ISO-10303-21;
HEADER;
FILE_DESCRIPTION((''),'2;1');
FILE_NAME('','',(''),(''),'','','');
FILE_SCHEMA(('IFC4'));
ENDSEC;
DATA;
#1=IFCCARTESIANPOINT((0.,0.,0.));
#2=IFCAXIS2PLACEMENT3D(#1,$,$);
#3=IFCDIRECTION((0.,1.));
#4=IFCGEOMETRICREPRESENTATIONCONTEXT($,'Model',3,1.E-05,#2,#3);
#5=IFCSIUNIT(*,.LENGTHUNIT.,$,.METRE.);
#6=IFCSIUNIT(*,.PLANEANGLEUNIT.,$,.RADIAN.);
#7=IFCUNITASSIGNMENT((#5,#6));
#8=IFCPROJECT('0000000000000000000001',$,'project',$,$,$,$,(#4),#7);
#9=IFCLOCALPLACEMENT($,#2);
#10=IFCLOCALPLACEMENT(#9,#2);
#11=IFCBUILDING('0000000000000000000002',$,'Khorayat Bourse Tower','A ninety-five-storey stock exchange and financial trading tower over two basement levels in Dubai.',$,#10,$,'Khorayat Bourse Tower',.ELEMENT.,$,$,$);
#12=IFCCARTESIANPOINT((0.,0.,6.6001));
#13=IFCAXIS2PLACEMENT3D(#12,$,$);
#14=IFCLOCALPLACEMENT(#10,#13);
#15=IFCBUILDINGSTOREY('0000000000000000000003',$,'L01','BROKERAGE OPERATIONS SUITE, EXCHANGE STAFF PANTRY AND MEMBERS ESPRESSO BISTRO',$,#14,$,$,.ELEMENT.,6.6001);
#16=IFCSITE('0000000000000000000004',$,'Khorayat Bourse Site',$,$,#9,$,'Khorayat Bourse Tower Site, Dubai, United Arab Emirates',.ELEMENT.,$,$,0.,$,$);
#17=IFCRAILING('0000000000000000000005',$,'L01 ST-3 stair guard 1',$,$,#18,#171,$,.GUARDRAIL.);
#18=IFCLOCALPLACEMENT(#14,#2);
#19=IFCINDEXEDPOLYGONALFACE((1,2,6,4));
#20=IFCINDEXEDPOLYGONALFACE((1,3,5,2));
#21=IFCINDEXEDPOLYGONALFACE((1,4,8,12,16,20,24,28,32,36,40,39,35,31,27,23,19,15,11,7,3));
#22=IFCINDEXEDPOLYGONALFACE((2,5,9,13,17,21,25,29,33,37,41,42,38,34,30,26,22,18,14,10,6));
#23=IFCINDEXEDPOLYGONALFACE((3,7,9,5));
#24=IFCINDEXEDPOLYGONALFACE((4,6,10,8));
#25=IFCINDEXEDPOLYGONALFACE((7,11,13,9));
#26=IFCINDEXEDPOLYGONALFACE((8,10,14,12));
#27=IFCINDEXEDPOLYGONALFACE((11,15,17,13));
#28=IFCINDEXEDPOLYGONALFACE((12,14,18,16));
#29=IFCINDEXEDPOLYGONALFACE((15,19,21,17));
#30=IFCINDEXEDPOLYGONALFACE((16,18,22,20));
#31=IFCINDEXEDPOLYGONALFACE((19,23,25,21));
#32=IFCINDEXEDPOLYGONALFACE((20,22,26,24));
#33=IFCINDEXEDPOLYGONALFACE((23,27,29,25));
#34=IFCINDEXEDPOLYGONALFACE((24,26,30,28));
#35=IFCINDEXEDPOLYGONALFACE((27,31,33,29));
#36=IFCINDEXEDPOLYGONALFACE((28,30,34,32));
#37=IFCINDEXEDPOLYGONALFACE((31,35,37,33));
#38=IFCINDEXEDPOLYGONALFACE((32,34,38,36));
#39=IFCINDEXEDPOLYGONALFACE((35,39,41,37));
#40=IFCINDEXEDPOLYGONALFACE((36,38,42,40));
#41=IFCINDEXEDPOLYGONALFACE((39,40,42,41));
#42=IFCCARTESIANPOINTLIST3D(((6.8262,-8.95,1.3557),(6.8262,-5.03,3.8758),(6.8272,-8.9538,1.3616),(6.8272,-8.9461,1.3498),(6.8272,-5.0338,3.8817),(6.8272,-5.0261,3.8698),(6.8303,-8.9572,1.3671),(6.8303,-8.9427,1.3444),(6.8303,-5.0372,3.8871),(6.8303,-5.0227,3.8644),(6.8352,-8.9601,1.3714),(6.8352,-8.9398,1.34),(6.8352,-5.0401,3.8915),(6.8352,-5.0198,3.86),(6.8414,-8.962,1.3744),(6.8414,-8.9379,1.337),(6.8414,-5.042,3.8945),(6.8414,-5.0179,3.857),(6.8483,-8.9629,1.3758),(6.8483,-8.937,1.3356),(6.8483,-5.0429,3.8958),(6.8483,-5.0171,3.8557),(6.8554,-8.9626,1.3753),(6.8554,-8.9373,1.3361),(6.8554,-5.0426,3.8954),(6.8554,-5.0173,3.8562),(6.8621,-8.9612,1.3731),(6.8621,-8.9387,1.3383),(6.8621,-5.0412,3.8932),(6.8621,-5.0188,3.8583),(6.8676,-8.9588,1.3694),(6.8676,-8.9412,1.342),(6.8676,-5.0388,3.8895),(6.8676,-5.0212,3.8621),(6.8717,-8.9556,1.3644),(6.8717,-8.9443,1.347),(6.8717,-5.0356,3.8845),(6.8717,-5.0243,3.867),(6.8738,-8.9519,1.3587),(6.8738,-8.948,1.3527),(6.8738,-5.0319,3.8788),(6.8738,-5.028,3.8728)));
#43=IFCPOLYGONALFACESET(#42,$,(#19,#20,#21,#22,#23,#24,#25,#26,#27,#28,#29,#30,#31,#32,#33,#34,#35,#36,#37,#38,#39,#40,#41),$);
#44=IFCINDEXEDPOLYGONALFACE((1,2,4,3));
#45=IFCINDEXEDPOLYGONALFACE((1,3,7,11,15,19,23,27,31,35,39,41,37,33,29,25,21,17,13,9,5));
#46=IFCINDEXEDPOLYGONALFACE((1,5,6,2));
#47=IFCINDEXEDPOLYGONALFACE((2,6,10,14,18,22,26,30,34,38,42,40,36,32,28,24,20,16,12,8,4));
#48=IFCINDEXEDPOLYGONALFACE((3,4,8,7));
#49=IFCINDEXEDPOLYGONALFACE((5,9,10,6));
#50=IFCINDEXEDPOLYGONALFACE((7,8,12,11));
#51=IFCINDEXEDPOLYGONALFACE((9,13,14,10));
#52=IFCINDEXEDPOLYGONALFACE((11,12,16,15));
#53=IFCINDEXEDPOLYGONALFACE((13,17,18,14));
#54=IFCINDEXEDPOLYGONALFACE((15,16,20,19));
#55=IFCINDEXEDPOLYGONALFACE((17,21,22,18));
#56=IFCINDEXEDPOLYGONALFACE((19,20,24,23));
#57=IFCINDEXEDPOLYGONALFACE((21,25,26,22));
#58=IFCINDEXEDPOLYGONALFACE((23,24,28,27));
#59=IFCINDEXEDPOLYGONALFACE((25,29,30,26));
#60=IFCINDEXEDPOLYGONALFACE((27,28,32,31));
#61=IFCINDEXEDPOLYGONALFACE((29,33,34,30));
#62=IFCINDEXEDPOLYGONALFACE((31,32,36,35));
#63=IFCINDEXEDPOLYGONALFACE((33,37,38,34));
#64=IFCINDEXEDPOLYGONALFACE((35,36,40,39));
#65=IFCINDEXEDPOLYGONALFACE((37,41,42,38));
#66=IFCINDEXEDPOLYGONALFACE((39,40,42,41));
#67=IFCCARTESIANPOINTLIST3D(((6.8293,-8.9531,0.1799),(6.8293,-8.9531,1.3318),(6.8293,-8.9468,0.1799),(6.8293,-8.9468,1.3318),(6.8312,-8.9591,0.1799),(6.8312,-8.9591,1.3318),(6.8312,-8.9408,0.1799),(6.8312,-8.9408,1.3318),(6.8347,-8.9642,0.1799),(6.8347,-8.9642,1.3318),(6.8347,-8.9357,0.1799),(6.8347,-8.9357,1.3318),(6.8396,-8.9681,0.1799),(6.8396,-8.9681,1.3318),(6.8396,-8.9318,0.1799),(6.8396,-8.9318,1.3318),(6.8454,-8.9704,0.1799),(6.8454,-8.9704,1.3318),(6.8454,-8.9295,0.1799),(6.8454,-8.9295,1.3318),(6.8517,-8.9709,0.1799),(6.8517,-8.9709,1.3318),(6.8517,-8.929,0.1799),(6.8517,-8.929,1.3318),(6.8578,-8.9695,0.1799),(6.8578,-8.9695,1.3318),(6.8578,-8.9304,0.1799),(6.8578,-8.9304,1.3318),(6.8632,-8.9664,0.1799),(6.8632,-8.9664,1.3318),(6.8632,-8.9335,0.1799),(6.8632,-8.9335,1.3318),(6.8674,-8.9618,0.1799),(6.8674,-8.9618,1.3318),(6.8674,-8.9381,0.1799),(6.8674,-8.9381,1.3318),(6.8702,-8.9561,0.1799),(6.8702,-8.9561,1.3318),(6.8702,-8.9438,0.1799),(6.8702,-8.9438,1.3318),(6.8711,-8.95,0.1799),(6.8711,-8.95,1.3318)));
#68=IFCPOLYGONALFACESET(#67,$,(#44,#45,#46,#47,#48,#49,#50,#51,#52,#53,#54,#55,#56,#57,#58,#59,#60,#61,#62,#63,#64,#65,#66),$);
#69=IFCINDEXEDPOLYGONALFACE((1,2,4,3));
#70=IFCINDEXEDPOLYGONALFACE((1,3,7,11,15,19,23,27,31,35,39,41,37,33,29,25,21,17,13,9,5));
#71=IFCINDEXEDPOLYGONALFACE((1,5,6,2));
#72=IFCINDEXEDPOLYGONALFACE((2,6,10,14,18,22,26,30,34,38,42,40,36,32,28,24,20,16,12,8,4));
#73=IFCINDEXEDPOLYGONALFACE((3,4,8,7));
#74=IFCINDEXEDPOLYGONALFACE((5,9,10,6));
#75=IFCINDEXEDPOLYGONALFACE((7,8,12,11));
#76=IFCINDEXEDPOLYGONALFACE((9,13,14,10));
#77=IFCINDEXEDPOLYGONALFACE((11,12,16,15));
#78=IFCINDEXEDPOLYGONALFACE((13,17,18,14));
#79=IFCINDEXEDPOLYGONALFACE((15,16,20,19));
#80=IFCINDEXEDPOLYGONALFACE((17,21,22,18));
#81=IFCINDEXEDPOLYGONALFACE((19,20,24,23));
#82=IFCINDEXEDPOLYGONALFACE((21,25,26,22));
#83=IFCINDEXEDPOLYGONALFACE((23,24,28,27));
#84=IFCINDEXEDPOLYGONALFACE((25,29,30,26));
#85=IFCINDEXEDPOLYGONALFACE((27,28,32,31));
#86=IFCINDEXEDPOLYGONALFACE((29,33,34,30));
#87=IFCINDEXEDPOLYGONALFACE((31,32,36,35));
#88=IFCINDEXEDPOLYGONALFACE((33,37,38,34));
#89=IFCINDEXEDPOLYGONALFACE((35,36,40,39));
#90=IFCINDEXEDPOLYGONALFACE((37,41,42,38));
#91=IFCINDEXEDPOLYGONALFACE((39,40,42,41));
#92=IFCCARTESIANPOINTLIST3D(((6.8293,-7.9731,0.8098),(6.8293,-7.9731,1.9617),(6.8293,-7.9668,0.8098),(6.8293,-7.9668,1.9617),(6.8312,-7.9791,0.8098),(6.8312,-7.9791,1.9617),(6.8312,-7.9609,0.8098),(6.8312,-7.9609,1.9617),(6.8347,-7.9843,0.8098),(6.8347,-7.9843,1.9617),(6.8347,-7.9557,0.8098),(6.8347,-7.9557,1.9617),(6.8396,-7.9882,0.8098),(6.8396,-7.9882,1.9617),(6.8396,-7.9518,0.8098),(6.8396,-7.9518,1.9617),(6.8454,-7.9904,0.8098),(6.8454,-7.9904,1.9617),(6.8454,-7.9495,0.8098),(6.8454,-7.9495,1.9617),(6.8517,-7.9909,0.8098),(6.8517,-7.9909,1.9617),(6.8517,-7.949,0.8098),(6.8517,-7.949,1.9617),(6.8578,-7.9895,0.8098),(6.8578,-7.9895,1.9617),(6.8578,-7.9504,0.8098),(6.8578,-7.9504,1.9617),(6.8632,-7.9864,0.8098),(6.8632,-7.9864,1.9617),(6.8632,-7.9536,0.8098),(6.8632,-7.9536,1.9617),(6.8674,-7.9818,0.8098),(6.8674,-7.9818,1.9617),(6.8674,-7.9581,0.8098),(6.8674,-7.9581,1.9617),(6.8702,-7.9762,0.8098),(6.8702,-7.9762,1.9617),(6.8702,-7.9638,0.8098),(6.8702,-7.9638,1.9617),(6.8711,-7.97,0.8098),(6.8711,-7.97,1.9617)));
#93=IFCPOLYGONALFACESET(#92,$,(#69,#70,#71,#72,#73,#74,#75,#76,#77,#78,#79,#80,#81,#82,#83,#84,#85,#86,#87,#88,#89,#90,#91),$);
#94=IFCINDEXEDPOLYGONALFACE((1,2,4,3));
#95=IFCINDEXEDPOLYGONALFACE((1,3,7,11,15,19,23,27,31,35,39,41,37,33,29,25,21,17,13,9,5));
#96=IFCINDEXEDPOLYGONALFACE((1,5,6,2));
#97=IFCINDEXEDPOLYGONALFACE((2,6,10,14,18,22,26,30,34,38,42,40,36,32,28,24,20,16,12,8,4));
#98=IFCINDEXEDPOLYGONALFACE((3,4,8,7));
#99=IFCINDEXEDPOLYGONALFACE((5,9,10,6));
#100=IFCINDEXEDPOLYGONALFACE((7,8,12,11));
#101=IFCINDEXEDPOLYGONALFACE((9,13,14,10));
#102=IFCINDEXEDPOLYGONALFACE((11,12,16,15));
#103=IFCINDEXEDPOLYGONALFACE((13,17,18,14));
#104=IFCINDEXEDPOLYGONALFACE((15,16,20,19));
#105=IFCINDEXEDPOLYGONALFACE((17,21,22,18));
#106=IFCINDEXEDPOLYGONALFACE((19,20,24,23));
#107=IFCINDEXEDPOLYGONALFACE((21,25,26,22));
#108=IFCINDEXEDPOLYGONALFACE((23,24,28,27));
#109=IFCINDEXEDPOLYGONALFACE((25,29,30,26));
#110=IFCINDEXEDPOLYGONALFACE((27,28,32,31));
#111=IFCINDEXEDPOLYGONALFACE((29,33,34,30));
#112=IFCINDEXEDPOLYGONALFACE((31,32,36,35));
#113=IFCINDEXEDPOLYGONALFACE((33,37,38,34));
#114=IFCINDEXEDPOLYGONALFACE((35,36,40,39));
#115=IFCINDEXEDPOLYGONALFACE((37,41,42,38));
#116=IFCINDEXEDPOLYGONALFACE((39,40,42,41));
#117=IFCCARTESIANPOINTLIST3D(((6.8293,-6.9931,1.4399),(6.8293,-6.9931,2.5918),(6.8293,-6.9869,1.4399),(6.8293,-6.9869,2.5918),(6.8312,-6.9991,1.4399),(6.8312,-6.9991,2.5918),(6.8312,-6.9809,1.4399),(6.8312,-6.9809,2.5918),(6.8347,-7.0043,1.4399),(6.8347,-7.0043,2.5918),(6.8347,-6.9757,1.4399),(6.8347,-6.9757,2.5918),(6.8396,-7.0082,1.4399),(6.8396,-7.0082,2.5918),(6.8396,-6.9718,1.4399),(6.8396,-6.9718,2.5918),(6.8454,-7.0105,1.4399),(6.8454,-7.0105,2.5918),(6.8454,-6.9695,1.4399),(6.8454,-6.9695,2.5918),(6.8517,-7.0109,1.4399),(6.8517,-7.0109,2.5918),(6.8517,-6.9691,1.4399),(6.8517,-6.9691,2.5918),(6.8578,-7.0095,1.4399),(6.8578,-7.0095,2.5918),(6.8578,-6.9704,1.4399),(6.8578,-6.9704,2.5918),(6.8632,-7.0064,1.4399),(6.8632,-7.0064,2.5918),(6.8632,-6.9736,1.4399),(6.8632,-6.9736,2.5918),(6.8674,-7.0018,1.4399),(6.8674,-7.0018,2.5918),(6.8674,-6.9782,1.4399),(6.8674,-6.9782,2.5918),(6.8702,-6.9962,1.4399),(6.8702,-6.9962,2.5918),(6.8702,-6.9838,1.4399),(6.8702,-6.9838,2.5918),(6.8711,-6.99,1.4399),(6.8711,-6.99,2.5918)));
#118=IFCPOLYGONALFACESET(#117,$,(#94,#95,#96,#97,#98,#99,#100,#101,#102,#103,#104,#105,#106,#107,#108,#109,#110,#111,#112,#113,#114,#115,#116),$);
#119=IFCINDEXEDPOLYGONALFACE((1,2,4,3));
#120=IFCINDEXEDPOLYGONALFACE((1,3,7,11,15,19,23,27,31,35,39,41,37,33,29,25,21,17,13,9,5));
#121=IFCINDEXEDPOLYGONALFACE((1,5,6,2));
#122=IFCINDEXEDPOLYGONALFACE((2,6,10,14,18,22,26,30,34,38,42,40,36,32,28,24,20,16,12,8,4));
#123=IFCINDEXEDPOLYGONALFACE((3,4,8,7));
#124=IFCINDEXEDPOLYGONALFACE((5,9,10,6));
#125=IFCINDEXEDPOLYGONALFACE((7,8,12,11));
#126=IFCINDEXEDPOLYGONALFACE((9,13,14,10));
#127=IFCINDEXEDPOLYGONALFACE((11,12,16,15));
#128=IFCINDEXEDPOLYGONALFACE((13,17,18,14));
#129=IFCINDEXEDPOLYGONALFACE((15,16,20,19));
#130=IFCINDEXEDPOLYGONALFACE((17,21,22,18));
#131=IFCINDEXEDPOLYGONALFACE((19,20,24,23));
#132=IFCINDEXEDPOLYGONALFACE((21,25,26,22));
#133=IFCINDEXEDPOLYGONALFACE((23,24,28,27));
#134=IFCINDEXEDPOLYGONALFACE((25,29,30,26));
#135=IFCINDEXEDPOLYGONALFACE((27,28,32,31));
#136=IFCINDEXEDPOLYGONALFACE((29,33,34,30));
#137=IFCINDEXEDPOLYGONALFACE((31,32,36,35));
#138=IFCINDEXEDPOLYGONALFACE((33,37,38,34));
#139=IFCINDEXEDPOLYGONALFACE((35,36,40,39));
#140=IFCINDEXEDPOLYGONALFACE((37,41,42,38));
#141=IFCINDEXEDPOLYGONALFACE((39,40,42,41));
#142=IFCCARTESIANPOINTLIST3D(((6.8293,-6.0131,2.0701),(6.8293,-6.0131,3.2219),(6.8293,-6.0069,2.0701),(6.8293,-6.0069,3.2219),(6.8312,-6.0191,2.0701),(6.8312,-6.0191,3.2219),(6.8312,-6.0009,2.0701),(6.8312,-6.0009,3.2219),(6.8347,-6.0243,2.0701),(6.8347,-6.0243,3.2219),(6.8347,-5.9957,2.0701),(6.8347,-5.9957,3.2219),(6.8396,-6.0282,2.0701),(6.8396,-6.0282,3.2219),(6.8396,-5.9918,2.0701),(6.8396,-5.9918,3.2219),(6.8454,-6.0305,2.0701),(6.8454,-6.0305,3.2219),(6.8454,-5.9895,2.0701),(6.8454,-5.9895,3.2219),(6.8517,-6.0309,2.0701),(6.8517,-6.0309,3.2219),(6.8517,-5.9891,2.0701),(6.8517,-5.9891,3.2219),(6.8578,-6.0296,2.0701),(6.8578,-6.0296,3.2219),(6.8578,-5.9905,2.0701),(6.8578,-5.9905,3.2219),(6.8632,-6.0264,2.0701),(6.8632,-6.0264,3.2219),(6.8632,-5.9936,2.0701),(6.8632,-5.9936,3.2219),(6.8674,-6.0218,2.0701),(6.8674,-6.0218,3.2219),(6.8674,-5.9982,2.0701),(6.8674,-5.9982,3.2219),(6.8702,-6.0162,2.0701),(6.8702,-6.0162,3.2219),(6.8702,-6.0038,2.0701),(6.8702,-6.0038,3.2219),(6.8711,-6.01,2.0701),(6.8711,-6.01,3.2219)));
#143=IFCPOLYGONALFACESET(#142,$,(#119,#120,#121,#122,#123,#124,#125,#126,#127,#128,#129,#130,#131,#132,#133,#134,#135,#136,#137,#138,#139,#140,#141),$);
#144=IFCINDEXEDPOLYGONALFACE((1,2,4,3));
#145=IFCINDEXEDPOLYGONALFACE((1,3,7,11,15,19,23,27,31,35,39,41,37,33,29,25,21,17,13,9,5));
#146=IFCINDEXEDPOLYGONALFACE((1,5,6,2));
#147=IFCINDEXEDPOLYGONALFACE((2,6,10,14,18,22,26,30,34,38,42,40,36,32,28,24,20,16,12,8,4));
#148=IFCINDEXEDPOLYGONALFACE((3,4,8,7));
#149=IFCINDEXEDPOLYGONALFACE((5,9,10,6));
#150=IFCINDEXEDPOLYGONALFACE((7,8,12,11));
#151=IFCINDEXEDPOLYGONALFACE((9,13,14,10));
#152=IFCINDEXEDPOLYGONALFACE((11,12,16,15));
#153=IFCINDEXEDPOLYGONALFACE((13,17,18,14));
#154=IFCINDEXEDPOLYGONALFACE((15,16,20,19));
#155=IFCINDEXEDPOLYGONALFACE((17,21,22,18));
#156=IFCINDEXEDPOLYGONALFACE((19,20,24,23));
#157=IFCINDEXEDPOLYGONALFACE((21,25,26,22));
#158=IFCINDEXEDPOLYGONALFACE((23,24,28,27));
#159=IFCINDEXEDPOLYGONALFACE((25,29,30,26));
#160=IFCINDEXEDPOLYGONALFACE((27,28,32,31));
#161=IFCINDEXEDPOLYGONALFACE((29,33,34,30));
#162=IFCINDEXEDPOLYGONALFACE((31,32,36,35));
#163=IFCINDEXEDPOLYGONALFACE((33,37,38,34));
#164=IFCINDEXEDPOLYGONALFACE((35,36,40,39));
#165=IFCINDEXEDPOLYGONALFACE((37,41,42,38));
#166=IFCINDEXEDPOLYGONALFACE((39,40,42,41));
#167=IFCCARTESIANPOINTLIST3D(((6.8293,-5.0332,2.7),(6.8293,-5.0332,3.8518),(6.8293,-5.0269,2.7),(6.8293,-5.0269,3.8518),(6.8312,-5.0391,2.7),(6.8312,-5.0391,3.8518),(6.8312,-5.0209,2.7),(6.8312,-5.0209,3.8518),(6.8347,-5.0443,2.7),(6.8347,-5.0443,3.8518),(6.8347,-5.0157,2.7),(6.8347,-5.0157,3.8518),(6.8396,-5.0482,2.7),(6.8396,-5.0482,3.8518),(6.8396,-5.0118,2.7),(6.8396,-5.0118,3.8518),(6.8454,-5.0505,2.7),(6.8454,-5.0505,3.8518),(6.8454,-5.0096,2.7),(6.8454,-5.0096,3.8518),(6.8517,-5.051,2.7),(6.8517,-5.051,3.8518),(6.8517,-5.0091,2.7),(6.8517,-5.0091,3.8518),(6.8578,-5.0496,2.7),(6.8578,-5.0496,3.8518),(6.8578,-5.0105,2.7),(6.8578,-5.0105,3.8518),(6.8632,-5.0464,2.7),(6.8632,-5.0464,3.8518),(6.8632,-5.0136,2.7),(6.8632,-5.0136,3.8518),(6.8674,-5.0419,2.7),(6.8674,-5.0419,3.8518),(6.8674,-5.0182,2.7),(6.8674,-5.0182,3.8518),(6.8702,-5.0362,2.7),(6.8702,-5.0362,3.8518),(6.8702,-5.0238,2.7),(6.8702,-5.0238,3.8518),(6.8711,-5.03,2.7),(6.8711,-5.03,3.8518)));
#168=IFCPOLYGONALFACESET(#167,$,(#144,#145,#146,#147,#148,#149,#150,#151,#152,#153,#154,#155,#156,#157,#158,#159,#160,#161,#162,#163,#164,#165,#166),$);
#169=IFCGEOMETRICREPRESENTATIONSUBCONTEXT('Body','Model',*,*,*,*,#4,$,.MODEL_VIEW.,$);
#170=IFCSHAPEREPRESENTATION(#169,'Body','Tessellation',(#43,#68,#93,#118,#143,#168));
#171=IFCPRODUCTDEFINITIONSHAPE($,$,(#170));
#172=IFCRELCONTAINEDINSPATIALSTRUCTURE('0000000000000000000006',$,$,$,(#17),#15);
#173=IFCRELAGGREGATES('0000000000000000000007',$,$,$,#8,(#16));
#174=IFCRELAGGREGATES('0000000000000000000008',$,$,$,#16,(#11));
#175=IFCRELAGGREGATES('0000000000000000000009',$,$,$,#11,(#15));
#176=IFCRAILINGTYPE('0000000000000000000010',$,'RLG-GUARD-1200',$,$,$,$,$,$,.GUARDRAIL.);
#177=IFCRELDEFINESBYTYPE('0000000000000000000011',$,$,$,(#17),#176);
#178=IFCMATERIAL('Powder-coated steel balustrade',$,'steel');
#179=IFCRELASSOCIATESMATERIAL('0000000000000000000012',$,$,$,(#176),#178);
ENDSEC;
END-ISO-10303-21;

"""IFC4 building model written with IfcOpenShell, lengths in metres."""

from ifc_helpers import new_model, si_unit, direction, frame, origin, origin_2d, place, context, subcontext, project, spatial, circle, extrude, source, transform, mapped, material, type_object, element, save


model = new_model("IFC4")

# Units and contexts
model_context = context("Model", 3, precision=1e-05, world=origin(), true_north=direction((0.0, 1.0)))
body_context = subcontext(model_context, "Body", "Model", "MODEL_VIEW")
ifc_project = project(units=[si_unit("LENGTHUNIT", "METRE"), si_unit("PLANEANGLEUNIT", "RADIAN")], contexts=[model_context])

# Site, building, storey
site_placement = place(None, origin())
site = spatial("IfcSite", under=ifc_project, at=site_placement, Name="Khorayat Bourse Site", LongName="Khorayat Bourse Tower Site, Dubai, United Arab Emirates", CompositionType="ELEMENT", RefElevation=0.0)
building_placement = place(site_placement, origin())
building = spatial("IfcBuilding", under=site, at=building_placement, Name="Khorayat Bourse Tower", Description="A ninety-five-storey stock exchange and financial trading tower over two basement levels in Dubai.", LongName="Khorayat Bourse Tower", CompositionType="ELEMENT")
storey_placement = place(building_placement, frame((0.0, 0.0, 6.6001)))
storey = spatial("IfcBuildingStorey", under=building, at=storey_placement, Name="L01", Description="BROKERAGE OPERATIONS SUITE, EXCHANGE STAFF PANTRY AND MEMBERS ESPRESSO BISTRO", CompositionType="ELEMENT", Elevation=6.6001)

# Railing
ifc_material_1 = material(Name="Powder-coated steel balustrade", Category="steel")
railing_type_1 = type_object("IfcRailingType", Name="RLG-GUARD-1200", PredefinedType="GUARDRAIL", material=ifc_material_1)
shared_shape_1 = source(origin(), body_context, "Body", "SweptSolid", [
    extrude(circle(Radius=0.0239, at=origin_2d()), frame((0.0, 0.0, 1.1758), z_axis=(0.0, 0.841172, 0.540768), x_axis=(-1.0, 0.0, 0.0)), (0.0, 0.0, 1.0), 4.6602),
    extrude(circle(Radius=0.021, at=origin_2d()), origin(), (0.0, 0.0, 1.0), 1.1519),
    extrude(circle(Radius=0.021, at=origin_2d()), frame((0.0, 0.98, 0.6299)), (0.0, 0.0, 1.0), 1.1519),
    extrude(circle(Radius=0.021, at=origin_2d()), frame((0.0, 1.96, 1.26)), (0.0, 0.0, 1.0), 1.1519),
    extrude(circle(Radius=0.021, at=origin_2d()), frame((0.0, 2.9399, 1.8901)), (0.0, 0.0, 1.0), 1.1519),
    extrude(circle(Radius=0.021, at=origin_2d()), frame((0.0, 3.9199, 2.52)), (0.0, 0.0, 1.0), 1.1519),
])
railing_1_placement = place(storey_placement, frame((6.8501, -8.95, 0.1799)))
element("IfcRailing", 1, at=railing_1_placement, inside=storey, type_object=railing_type_1, Name="L01 ST-3 stair guard 1", PredefinedType="GUARDRAIL", context=body_context, shape_type="MappedRepresentation", body=[
    mapped(shared_shape_1, transform((0.0, 0.0, 0.0), scale=1.0)),
])

save(model, "model.ifc")
